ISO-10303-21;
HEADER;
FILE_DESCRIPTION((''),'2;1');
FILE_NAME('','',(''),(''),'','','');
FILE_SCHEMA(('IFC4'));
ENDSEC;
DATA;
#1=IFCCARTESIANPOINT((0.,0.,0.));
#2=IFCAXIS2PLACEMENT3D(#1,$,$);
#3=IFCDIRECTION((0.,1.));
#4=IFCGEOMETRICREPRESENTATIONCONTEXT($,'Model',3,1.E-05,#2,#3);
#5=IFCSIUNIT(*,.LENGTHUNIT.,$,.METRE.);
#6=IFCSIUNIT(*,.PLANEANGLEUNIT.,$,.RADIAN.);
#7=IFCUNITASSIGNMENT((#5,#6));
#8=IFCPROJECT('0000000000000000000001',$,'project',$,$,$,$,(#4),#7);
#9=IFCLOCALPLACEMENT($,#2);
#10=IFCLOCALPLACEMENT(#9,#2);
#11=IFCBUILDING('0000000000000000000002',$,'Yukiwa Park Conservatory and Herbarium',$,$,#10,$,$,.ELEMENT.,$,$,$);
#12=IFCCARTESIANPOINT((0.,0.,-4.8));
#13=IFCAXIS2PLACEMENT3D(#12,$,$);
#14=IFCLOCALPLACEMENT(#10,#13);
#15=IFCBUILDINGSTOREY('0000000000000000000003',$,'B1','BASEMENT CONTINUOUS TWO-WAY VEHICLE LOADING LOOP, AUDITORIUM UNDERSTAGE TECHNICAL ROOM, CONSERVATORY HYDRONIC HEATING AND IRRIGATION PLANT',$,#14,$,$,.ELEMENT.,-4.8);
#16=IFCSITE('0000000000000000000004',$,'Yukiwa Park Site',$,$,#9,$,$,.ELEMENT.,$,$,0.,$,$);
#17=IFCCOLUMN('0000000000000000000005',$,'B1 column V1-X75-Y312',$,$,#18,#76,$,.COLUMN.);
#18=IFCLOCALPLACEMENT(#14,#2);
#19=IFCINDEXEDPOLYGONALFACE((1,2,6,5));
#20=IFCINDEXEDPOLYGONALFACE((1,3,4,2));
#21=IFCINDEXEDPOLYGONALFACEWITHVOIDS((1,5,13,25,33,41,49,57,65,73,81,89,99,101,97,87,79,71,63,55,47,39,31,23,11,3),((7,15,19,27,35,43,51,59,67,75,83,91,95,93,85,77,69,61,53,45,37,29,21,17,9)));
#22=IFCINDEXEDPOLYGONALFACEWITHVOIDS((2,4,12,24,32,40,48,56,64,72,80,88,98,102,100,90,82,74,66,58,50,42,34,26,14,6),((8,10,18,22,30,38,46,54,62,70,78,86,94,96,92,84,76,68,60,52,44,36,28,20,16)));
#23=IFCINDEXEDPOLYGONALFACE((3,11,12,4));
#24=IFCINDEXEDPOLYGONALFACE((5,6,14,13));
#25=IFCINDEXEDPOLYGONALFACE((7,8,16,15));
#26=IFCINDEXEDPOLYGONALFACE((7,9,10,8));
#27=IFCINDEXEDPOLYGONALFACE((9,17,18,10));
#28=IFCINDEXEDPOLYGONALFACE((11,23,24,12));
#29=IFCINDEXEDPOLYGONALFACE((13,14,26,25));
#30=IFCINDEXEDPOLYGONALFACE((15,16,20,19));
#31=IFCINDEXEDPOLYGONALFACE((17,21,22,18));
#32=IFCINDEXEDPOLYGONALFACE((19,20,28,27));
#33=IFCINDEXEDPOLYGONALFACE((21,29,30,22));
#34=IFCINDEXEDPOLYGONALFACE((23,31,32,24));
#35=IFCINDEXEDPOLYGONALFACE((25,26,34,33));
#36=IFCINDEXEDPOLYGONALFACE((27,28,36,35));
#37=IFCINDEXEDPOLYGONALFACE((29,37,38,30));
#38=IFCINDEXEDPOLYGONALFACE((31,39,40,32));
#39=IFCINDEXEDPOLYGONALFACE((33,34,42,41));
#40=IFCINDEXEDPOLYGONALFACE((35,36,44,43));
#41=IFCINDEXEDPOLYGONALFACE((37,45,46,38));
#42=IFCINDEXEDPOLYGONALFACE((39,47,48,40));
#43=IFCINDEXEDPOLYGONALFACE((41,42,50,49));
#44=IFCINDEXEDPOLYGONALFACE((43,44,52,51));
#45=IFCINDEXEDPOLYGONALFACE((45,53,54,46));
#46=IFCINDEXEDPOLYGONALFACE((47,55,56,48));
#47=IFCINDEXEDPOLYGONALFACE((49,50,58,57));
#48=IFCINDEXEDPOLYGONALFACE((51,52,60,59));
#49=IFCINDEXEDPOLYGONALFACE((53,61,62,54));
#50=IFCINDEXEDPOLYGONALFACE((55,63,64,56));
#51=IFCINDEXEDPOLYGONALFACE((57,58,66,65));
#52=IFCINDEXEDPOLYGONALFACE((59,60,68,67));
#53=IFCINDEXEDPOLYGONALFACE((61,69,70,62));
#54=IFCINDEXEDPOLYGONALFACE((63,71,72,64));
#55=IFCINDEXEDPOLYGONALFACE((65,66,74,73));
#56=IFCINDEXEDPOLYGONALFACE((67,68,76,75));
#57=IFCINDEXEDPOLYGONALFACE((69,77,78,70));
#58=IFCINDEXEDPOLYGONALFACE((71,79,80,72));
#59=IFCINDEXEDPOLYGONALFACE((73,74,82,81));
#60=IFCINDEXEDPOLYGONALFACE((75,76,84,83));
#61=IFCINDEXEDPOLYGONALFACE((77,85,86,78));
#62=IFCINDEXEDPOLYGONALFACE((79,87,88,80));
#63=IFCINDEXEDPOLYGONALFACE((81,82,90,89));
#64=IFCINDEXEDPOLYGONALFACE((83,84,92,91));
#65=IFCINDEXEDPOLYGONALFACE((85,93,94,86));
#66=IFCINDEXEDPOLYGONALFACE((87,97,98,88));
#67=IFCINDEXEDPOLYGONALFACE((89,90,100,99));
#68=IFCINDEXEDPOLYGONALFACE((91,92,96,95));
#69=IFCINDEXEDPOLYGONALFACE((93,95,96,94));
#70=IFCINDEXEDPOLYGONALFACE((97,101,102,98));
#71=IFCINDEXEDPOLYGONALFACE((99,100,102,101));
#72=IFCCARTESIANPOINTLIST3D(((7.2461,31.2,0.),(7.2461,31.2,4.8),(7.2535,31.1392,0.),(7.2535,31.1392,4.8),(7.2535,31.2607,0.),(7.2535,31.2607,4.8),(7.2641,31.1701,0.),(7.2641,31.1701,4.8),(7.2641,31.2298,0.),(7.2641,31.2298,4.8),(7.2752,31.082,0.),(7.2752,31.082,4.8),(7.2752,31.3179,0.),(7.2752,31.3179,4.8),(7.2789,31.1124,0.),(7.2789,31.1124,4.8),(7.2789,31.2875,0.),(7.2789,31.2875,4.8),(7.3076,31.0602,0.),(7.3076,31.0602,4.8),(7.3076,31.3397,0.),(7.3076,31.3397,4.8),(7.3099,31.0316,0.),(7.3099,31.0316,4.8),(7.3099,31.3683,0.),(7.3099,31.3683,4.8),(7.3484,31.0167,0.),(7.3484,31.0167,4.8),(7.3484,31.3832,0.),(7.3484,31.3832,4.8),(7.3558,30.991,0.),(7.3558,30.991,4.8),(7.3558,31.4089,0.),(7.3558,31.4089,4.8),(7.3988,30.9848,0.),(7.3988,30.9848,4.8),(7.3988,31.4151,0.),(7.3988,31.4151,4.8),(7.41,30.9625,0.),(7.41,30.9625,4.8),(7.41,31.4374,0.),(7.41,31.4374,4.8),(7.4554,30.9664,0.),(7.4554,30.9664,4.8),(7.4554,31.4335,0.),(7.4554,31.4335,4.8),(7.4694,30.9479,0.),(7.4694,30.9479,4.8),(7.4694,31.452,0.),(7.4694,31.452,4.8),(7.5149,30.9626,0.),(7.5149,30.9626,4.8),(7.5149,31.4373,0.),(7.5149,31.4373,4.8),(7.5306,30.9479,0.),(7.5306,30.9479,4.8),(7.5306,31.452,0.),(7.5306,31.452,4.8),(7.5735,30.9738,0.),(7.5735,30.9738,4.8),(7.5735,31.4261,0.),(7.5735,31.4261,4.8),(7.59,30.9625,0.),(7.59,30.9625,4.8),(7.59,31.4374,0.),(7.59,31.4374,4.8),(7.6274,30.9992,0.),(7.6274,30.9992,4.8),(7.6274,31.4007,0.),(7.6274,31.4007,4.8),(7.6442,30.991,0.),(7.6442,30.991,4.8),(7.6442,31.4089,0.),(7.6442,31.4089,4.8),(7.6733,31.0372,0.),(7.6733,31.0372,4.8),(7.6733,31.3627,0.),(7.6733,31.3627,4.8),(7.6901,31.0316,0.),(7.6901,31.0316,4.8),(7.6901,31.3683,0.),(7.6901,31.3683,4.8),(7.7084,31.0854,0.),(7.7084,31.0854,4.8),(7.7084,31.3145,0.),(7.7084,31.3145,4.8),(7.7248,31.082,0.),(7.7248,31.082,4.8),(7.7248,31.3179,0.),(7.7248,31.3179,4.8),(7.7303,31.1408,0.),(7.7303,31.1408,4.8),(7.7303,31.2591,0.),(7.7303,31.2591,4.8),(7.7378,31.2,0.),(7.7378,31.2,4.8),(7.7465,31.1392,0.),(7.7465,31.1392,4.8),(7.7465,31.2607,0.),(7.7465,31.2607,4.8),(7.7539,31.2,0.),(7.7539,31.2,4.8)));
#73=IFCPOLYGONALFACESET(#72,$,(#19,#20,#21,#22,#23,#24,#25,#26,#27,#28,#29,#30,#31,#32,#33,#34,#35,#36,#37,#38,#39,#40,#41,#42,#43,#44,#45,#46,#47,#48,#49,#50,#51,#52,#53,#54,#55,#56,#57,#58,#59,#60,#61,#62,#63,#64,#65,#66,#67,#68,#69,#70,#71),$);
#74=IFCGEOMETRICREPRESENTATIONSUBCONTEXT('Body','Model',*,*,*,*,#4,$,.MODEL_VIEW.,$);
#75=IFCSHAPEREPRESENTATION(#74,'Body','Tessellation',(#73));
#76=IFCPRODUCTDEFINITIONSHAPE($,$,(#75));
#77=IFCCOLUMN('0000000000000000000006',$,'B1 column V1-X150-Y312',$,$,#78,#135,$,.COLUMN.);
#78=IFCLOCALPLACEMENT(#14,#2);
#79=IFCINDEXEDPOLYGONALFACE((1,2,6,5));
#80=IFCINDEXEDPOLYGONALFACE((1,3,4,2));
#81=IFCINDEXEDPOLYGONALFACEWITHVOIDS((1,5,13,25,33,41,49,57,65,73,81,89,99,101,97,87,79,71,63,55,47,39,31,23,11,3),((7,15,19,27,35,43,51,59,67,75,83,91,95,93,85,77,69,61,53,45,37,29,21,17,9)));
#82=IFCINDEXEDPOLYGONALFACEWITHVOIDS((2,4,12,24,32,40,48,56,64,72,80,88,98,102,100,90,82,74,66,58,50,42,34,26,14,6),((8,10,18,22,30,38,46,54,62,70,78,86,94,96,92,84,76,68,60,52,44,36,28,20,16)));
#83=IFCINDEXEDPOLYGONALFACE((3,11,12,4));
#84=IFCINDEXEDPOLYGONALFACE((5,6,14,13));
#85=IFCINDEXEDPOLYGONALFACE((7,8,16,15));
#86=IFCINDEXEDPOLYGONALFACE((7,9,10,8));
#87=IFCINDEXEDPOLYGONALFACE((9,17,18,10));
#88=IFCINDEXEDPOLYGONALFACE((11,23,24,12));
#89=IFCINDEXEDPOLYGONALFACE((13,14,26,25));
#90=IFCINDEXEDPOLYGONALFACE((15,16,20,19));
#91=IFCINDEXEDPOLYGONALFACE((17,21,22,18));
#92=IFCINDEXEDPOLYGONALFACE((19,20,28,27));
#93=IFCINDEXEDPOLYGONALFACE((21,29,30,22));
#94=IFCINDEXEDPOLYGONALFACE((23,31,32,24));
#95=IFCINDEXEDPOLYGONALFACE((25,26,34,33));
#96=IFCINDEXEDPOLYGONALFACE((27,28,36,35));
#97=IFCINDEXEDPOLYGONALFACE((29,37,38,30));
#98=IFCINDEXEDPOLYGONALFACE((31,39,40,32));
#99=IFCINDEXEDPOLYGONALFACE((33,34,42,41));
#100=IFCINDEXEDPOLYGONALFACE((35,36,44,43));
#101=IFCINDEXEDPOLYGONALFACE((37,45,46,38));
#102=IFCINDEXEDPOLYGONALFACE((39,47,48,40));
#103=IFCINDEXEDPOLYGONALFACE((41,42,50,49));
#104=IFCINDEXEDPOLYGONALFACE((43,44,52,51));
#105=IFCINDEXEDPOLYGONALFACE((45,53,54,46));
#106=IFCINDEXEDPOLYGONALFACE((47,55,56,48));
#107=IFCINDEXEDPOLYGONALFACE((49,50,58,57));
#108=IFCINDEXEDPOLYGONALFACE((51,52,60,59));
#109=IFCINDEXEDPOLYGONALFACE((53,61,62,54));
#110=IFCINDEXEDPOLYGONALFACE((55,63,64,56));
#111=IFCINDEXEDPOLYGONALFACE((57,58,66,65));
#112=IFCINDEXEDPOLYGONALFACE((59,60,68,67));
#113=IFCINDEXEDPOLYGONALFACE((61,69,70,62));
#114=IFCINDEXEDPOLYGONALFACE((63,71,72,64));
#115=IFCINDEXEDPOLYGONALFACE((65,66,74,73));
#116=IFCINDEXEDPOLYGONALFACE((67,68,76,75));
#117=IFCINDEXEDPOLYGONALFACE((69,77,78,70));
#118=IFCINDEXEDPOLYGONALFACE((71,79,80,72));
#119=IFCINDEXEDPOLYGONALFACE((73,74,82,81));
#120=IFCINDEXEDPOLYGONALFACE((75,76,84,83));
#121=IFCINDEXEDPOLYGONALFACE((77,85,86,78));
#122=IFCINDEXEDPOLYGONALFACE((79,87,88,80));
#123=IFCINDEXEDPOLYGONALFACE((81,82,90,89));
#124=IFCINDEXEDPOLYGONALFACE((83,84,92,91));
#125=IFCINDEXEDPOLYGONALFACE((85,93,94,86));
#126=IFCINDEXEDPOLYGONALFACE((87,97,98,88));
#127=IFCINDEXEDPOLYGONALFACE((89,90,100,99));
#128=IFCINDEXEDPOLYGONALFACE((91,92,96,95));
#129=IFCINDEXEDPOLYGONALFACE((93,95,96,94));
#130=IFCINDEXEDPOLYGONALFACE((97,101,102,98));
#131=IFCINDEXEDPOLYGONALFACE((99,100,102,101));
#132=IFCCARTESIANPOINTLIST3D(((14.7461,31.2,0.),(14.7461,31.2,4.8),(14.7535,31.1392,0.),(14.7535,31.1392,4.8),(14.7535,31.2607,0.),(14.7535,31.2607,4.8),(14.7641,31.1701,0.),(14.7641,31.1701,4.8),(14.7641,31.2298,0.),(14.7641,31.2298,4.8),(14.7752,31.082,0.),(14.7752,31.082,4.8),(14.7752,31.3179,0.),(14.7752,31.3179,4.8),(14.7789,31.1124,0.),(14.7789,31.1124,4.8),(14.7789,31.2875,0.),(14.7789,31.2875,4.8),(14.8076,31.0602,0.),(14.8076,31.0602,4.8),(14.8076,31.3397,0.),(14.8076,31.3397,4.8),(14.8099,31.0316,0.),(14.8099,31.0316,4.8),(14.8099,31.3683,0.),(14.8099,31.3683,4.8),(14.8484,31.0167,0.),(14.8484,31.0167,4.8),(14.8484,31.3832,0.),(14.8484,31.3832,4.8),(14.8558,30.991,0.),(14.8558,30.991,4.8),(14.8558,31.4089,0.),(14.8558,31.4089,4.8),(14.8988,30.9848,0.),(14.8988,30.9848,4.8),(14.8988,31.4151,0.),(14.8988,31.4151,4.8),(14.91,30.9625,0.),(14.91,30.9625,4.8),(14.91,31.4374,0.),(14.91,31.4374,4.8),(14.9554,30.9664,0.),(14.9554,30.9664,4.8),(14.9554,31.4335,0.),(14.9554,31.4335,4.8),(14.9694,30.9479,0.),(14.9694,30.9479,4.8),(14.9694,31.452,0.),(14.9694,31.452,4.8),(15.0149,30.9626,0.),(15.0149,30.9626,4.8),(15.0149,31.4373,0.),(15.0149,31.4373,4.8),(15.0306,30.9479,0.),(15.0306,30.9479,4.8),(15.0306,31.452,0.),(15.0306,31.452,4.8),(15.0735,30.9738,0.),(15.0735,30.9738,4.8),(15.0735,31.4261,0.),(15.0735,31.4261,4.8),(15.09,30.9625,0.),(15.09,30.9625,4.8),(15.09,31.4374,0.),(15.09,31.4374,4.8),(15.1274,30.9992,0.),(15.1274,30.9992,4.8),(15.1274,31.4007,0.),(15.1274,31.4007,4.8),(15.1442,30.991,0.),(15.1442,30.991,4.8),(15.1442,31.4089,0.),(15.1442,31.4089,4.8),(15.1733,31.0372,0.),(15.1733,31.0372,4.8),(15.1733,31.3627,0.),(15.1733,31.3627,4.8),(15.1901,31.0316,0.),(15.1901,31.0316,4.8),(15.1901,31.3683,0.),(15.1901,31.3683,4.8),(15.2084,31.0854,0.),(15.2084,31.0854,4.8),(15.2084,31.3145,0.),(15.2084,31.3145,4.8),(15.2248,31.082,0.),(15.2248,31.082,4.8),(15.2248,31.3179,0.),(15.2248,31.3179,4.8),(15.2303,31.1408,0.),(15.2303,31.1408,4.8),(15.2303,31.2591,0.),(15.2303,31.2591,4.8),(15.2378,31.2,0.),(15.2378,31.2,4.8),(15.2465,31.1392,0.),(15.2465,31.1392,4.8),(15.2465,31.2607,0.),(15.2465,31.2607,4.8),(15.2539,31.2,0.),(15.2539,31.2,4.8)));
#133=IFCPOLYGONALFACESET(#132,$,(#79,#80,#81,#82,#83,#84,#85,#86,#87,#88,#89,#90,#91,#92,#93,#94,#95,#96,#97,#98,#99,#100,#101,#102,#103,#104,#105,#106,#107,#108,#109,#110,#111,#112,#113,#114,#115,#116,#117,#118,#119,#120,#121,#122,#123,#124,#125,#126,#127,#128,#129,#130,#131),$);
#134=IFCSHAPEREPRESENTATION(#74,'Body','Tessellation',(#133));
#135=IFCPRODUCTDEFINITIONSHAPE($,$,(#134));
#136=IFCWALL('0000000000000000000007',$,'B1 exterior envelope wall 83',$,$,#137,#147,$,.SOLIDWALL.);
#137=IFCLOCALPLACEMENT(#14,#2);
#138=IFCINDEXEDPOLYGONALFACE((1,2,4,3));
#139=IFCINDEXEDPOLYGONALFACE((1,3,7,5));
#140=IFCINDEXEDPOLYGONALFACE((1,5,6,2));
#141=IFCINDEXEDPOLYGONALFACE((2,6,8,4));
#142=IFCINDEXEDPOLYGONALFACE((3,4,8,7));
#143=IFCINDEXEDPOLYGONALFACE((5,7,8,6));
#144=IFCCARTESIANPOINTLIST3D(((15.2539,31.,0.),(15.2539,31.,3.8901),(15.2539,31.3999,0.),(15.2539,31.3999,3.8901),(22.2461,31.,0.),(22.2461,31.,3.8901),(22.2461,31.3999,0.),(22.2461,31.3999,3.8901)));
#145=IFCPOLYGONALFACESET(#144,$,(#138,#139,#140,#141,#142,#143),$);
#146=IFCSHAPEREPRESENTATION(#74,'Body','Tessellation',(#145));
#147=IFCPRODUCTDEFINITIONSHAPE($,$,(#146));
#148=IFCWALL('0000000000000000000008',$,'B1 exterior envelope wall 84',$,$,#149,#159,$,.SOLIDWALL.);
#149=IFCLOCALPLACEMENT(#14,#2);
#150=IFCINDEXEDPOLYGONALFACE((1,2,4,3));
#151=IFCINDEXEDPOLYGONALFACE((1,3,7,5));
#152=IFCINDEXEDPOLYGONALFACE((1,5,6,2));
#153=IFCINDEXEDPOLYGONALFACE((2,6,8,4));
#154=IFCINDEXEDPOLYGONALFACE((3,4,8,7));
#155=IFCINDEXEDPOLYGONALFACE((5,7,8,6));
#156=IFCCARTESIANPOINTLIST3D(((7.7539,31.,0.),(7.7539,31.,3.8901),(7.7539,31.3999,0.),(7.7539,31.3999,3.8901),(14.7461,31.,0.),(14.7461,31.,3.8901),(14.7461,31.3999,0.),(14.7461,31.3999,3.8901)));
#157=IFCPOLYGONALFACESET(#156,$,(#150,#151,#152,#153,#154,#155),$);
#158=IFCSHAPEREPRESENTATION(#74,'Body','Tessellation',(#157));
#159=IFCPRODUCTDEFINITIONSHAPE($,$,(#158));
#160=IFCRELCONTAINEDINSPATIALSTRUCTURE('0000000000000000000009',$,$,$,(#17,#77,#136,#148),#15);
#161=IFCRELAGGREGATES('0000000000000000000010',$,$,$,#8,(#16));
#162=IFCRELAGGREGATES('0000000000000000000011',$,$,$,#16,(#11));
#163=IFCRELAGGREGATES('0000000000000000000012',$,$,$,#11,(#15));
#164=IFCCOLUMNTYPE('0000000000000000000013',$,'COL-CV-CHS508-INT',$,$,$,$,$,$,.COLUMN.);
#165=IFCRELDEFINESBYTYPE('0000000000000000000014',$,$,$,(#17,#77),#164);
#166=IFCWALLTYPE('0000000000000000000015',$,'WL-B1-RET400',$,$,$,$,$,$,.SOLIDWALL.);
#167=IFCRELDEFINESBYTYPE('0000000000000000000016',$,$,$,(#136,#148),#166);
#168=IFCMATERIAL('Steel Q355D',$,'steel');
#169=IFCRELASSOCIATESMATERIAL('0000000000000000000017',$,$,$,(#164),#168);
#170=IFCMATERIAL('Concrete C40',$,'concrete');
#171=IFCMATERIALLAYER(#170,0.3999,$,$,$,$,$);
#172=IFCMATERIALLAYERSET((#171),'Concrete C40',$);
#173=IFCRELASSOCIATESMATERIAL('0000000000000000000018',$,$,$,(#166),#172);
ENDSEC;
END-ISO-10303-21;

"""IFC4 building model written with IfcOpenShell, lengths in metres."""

from ifc_helpers import new_model, si_unit, direction, frame, frame_2d, origin, origin_2d, place, context, subcontext, project, spatial, rectangle, hollow_circle, extrude, material, layer, layer_set, material_profile, profile_set, type_object, element, save


model = new_model("IFC4")

# Units and contexts
model_context = context("Model", 3, precision=1e-05, world=origin(), true_north=direction((0.0, 1.0)))
body_context = subcontext(model_context, "Body", "Model", "MODEL_VIEW")
ifc_project = project(units=[si_unit("LENGTHUNIT", "METRE"), si_unit("PLANEANGLEUNIT", "RADIAN")], contexts=[model_context])

# Site, building, storey
site_placement = place(None, origin())
site = spatial("IfcSite", under=ifc_project, at=site_placement, Name="Yukiwa Park Site", CompositionType="ELEMENT", RefElevation=0.0)
building_placement = place(site_placement, origin())
building = spatial("IfcBuilding", under=site, at=building_placement, Name="Yukiwa Park Conservatory and Herbarium", CompositionType="ELEMENT")
storey_placement = place(building_placement, frame((0.0, 0.0, -4.8)))
storey = spatial("IfcBuildingStorey", under=building, at=storey_placement, Name="B1", Description="BASEMENT CONTINUOUS TWO-WAY VEHICLE LOADING LOOP, AUDITORIUM UNDERSTAGE TECHNICAL ROOM, CONSERVATORY HYDRONIC HEATING AND IRRIGATION PLANT", CompositionType="ELEMENT", Elevation=-4.8)

# Columns
ifc_material_1 = material(Name="Steel Q355D", Category="steel")
ifc_material_profile_1 = material_profile(ifc_material_1, hollow_circle(Radius=0.2539, WallThickness=0.0161, at=origin_2d()), Name="CHS 508x16")
ifc_profile_set_1 = profile_set([ifc_material_profile_1], Name="Steel Q355D")
column_type_1 = type_object("IfcColumnType", Name="COL-CV-CHS508-INT", PredefinedType="COLUMN", material=ifc_profile_set_1)
for number, where, z_axis, x_axis, name in (
    (1, (7.5, 31.2, 0.0), (0.0, 0.0, 1.0), (1.0, 0.0, 0.0), "B1 column V1-X75-Y312"),
    (2, (15.0, 31.2, 0.0), (0.0, 0.0, 1.0), (1.0, 0.0, 0.0), "B1 column V1-X150-Y312"),
):
    element("IfcColumn", number, at=place(storey_placement, frame(where, z_axis=z_axis, x_axis=x_axis)), inside=storey, type_object=column_type_1, Name=name, PredefinedType="COLUMN", context=body_context, shape_type="SweptSolid", body=[
        extrude(hollow_circle(Radius=0.2539, WallThickness=0.0161, at=origin_2d()), origin(), (0.0, 0.0, 1.0), 4.8),
    ])

# Walls
ifc_material_2 = material(Name="Concrete C40", Category="concrete")
ifc_layer = layer(ifc_material_2, 0.3999)
ifc_layer_set = layer_set([ifc_layer], Name="Concrete C40")
wall_type = type_object("IfcWallType", Name="WL-B1-RET400", PredefinedType="SOLIDWALL", material=ifc_layer_set)
for number, where, z_axis, x_axis, name in (
    (3, (22.2461, 31.2, 0.0), (0.0, 0.0, 1.0), (-1.0, 0.0, 0.0), "B1 exterior envelope wall 83"),
    (4, (14.7461, 31.2, 0.0), (0.0, 0.0, 1.0), (-1.0, 0.0, 0.0), "B1 exterior envelope wall 84"),
):
    element("IfcWall", number, at=place(storey_placement, frame(where, z_axis=z_axis, x_axis=x_axis)), inside=storey, type_object=wall_type, Name=name, PredefinedType="SOLIDWALL", context=body_context, shape_type="SweptSolid", body=[
        extrude(rectangle(XDim=6.9922, YDim=0.3999, at=frame_2d((3.4961, 0.0))), origin(), (0.0, 0.0, 1.0), 3.8901),
    ])

save(model, "model.ifc")
